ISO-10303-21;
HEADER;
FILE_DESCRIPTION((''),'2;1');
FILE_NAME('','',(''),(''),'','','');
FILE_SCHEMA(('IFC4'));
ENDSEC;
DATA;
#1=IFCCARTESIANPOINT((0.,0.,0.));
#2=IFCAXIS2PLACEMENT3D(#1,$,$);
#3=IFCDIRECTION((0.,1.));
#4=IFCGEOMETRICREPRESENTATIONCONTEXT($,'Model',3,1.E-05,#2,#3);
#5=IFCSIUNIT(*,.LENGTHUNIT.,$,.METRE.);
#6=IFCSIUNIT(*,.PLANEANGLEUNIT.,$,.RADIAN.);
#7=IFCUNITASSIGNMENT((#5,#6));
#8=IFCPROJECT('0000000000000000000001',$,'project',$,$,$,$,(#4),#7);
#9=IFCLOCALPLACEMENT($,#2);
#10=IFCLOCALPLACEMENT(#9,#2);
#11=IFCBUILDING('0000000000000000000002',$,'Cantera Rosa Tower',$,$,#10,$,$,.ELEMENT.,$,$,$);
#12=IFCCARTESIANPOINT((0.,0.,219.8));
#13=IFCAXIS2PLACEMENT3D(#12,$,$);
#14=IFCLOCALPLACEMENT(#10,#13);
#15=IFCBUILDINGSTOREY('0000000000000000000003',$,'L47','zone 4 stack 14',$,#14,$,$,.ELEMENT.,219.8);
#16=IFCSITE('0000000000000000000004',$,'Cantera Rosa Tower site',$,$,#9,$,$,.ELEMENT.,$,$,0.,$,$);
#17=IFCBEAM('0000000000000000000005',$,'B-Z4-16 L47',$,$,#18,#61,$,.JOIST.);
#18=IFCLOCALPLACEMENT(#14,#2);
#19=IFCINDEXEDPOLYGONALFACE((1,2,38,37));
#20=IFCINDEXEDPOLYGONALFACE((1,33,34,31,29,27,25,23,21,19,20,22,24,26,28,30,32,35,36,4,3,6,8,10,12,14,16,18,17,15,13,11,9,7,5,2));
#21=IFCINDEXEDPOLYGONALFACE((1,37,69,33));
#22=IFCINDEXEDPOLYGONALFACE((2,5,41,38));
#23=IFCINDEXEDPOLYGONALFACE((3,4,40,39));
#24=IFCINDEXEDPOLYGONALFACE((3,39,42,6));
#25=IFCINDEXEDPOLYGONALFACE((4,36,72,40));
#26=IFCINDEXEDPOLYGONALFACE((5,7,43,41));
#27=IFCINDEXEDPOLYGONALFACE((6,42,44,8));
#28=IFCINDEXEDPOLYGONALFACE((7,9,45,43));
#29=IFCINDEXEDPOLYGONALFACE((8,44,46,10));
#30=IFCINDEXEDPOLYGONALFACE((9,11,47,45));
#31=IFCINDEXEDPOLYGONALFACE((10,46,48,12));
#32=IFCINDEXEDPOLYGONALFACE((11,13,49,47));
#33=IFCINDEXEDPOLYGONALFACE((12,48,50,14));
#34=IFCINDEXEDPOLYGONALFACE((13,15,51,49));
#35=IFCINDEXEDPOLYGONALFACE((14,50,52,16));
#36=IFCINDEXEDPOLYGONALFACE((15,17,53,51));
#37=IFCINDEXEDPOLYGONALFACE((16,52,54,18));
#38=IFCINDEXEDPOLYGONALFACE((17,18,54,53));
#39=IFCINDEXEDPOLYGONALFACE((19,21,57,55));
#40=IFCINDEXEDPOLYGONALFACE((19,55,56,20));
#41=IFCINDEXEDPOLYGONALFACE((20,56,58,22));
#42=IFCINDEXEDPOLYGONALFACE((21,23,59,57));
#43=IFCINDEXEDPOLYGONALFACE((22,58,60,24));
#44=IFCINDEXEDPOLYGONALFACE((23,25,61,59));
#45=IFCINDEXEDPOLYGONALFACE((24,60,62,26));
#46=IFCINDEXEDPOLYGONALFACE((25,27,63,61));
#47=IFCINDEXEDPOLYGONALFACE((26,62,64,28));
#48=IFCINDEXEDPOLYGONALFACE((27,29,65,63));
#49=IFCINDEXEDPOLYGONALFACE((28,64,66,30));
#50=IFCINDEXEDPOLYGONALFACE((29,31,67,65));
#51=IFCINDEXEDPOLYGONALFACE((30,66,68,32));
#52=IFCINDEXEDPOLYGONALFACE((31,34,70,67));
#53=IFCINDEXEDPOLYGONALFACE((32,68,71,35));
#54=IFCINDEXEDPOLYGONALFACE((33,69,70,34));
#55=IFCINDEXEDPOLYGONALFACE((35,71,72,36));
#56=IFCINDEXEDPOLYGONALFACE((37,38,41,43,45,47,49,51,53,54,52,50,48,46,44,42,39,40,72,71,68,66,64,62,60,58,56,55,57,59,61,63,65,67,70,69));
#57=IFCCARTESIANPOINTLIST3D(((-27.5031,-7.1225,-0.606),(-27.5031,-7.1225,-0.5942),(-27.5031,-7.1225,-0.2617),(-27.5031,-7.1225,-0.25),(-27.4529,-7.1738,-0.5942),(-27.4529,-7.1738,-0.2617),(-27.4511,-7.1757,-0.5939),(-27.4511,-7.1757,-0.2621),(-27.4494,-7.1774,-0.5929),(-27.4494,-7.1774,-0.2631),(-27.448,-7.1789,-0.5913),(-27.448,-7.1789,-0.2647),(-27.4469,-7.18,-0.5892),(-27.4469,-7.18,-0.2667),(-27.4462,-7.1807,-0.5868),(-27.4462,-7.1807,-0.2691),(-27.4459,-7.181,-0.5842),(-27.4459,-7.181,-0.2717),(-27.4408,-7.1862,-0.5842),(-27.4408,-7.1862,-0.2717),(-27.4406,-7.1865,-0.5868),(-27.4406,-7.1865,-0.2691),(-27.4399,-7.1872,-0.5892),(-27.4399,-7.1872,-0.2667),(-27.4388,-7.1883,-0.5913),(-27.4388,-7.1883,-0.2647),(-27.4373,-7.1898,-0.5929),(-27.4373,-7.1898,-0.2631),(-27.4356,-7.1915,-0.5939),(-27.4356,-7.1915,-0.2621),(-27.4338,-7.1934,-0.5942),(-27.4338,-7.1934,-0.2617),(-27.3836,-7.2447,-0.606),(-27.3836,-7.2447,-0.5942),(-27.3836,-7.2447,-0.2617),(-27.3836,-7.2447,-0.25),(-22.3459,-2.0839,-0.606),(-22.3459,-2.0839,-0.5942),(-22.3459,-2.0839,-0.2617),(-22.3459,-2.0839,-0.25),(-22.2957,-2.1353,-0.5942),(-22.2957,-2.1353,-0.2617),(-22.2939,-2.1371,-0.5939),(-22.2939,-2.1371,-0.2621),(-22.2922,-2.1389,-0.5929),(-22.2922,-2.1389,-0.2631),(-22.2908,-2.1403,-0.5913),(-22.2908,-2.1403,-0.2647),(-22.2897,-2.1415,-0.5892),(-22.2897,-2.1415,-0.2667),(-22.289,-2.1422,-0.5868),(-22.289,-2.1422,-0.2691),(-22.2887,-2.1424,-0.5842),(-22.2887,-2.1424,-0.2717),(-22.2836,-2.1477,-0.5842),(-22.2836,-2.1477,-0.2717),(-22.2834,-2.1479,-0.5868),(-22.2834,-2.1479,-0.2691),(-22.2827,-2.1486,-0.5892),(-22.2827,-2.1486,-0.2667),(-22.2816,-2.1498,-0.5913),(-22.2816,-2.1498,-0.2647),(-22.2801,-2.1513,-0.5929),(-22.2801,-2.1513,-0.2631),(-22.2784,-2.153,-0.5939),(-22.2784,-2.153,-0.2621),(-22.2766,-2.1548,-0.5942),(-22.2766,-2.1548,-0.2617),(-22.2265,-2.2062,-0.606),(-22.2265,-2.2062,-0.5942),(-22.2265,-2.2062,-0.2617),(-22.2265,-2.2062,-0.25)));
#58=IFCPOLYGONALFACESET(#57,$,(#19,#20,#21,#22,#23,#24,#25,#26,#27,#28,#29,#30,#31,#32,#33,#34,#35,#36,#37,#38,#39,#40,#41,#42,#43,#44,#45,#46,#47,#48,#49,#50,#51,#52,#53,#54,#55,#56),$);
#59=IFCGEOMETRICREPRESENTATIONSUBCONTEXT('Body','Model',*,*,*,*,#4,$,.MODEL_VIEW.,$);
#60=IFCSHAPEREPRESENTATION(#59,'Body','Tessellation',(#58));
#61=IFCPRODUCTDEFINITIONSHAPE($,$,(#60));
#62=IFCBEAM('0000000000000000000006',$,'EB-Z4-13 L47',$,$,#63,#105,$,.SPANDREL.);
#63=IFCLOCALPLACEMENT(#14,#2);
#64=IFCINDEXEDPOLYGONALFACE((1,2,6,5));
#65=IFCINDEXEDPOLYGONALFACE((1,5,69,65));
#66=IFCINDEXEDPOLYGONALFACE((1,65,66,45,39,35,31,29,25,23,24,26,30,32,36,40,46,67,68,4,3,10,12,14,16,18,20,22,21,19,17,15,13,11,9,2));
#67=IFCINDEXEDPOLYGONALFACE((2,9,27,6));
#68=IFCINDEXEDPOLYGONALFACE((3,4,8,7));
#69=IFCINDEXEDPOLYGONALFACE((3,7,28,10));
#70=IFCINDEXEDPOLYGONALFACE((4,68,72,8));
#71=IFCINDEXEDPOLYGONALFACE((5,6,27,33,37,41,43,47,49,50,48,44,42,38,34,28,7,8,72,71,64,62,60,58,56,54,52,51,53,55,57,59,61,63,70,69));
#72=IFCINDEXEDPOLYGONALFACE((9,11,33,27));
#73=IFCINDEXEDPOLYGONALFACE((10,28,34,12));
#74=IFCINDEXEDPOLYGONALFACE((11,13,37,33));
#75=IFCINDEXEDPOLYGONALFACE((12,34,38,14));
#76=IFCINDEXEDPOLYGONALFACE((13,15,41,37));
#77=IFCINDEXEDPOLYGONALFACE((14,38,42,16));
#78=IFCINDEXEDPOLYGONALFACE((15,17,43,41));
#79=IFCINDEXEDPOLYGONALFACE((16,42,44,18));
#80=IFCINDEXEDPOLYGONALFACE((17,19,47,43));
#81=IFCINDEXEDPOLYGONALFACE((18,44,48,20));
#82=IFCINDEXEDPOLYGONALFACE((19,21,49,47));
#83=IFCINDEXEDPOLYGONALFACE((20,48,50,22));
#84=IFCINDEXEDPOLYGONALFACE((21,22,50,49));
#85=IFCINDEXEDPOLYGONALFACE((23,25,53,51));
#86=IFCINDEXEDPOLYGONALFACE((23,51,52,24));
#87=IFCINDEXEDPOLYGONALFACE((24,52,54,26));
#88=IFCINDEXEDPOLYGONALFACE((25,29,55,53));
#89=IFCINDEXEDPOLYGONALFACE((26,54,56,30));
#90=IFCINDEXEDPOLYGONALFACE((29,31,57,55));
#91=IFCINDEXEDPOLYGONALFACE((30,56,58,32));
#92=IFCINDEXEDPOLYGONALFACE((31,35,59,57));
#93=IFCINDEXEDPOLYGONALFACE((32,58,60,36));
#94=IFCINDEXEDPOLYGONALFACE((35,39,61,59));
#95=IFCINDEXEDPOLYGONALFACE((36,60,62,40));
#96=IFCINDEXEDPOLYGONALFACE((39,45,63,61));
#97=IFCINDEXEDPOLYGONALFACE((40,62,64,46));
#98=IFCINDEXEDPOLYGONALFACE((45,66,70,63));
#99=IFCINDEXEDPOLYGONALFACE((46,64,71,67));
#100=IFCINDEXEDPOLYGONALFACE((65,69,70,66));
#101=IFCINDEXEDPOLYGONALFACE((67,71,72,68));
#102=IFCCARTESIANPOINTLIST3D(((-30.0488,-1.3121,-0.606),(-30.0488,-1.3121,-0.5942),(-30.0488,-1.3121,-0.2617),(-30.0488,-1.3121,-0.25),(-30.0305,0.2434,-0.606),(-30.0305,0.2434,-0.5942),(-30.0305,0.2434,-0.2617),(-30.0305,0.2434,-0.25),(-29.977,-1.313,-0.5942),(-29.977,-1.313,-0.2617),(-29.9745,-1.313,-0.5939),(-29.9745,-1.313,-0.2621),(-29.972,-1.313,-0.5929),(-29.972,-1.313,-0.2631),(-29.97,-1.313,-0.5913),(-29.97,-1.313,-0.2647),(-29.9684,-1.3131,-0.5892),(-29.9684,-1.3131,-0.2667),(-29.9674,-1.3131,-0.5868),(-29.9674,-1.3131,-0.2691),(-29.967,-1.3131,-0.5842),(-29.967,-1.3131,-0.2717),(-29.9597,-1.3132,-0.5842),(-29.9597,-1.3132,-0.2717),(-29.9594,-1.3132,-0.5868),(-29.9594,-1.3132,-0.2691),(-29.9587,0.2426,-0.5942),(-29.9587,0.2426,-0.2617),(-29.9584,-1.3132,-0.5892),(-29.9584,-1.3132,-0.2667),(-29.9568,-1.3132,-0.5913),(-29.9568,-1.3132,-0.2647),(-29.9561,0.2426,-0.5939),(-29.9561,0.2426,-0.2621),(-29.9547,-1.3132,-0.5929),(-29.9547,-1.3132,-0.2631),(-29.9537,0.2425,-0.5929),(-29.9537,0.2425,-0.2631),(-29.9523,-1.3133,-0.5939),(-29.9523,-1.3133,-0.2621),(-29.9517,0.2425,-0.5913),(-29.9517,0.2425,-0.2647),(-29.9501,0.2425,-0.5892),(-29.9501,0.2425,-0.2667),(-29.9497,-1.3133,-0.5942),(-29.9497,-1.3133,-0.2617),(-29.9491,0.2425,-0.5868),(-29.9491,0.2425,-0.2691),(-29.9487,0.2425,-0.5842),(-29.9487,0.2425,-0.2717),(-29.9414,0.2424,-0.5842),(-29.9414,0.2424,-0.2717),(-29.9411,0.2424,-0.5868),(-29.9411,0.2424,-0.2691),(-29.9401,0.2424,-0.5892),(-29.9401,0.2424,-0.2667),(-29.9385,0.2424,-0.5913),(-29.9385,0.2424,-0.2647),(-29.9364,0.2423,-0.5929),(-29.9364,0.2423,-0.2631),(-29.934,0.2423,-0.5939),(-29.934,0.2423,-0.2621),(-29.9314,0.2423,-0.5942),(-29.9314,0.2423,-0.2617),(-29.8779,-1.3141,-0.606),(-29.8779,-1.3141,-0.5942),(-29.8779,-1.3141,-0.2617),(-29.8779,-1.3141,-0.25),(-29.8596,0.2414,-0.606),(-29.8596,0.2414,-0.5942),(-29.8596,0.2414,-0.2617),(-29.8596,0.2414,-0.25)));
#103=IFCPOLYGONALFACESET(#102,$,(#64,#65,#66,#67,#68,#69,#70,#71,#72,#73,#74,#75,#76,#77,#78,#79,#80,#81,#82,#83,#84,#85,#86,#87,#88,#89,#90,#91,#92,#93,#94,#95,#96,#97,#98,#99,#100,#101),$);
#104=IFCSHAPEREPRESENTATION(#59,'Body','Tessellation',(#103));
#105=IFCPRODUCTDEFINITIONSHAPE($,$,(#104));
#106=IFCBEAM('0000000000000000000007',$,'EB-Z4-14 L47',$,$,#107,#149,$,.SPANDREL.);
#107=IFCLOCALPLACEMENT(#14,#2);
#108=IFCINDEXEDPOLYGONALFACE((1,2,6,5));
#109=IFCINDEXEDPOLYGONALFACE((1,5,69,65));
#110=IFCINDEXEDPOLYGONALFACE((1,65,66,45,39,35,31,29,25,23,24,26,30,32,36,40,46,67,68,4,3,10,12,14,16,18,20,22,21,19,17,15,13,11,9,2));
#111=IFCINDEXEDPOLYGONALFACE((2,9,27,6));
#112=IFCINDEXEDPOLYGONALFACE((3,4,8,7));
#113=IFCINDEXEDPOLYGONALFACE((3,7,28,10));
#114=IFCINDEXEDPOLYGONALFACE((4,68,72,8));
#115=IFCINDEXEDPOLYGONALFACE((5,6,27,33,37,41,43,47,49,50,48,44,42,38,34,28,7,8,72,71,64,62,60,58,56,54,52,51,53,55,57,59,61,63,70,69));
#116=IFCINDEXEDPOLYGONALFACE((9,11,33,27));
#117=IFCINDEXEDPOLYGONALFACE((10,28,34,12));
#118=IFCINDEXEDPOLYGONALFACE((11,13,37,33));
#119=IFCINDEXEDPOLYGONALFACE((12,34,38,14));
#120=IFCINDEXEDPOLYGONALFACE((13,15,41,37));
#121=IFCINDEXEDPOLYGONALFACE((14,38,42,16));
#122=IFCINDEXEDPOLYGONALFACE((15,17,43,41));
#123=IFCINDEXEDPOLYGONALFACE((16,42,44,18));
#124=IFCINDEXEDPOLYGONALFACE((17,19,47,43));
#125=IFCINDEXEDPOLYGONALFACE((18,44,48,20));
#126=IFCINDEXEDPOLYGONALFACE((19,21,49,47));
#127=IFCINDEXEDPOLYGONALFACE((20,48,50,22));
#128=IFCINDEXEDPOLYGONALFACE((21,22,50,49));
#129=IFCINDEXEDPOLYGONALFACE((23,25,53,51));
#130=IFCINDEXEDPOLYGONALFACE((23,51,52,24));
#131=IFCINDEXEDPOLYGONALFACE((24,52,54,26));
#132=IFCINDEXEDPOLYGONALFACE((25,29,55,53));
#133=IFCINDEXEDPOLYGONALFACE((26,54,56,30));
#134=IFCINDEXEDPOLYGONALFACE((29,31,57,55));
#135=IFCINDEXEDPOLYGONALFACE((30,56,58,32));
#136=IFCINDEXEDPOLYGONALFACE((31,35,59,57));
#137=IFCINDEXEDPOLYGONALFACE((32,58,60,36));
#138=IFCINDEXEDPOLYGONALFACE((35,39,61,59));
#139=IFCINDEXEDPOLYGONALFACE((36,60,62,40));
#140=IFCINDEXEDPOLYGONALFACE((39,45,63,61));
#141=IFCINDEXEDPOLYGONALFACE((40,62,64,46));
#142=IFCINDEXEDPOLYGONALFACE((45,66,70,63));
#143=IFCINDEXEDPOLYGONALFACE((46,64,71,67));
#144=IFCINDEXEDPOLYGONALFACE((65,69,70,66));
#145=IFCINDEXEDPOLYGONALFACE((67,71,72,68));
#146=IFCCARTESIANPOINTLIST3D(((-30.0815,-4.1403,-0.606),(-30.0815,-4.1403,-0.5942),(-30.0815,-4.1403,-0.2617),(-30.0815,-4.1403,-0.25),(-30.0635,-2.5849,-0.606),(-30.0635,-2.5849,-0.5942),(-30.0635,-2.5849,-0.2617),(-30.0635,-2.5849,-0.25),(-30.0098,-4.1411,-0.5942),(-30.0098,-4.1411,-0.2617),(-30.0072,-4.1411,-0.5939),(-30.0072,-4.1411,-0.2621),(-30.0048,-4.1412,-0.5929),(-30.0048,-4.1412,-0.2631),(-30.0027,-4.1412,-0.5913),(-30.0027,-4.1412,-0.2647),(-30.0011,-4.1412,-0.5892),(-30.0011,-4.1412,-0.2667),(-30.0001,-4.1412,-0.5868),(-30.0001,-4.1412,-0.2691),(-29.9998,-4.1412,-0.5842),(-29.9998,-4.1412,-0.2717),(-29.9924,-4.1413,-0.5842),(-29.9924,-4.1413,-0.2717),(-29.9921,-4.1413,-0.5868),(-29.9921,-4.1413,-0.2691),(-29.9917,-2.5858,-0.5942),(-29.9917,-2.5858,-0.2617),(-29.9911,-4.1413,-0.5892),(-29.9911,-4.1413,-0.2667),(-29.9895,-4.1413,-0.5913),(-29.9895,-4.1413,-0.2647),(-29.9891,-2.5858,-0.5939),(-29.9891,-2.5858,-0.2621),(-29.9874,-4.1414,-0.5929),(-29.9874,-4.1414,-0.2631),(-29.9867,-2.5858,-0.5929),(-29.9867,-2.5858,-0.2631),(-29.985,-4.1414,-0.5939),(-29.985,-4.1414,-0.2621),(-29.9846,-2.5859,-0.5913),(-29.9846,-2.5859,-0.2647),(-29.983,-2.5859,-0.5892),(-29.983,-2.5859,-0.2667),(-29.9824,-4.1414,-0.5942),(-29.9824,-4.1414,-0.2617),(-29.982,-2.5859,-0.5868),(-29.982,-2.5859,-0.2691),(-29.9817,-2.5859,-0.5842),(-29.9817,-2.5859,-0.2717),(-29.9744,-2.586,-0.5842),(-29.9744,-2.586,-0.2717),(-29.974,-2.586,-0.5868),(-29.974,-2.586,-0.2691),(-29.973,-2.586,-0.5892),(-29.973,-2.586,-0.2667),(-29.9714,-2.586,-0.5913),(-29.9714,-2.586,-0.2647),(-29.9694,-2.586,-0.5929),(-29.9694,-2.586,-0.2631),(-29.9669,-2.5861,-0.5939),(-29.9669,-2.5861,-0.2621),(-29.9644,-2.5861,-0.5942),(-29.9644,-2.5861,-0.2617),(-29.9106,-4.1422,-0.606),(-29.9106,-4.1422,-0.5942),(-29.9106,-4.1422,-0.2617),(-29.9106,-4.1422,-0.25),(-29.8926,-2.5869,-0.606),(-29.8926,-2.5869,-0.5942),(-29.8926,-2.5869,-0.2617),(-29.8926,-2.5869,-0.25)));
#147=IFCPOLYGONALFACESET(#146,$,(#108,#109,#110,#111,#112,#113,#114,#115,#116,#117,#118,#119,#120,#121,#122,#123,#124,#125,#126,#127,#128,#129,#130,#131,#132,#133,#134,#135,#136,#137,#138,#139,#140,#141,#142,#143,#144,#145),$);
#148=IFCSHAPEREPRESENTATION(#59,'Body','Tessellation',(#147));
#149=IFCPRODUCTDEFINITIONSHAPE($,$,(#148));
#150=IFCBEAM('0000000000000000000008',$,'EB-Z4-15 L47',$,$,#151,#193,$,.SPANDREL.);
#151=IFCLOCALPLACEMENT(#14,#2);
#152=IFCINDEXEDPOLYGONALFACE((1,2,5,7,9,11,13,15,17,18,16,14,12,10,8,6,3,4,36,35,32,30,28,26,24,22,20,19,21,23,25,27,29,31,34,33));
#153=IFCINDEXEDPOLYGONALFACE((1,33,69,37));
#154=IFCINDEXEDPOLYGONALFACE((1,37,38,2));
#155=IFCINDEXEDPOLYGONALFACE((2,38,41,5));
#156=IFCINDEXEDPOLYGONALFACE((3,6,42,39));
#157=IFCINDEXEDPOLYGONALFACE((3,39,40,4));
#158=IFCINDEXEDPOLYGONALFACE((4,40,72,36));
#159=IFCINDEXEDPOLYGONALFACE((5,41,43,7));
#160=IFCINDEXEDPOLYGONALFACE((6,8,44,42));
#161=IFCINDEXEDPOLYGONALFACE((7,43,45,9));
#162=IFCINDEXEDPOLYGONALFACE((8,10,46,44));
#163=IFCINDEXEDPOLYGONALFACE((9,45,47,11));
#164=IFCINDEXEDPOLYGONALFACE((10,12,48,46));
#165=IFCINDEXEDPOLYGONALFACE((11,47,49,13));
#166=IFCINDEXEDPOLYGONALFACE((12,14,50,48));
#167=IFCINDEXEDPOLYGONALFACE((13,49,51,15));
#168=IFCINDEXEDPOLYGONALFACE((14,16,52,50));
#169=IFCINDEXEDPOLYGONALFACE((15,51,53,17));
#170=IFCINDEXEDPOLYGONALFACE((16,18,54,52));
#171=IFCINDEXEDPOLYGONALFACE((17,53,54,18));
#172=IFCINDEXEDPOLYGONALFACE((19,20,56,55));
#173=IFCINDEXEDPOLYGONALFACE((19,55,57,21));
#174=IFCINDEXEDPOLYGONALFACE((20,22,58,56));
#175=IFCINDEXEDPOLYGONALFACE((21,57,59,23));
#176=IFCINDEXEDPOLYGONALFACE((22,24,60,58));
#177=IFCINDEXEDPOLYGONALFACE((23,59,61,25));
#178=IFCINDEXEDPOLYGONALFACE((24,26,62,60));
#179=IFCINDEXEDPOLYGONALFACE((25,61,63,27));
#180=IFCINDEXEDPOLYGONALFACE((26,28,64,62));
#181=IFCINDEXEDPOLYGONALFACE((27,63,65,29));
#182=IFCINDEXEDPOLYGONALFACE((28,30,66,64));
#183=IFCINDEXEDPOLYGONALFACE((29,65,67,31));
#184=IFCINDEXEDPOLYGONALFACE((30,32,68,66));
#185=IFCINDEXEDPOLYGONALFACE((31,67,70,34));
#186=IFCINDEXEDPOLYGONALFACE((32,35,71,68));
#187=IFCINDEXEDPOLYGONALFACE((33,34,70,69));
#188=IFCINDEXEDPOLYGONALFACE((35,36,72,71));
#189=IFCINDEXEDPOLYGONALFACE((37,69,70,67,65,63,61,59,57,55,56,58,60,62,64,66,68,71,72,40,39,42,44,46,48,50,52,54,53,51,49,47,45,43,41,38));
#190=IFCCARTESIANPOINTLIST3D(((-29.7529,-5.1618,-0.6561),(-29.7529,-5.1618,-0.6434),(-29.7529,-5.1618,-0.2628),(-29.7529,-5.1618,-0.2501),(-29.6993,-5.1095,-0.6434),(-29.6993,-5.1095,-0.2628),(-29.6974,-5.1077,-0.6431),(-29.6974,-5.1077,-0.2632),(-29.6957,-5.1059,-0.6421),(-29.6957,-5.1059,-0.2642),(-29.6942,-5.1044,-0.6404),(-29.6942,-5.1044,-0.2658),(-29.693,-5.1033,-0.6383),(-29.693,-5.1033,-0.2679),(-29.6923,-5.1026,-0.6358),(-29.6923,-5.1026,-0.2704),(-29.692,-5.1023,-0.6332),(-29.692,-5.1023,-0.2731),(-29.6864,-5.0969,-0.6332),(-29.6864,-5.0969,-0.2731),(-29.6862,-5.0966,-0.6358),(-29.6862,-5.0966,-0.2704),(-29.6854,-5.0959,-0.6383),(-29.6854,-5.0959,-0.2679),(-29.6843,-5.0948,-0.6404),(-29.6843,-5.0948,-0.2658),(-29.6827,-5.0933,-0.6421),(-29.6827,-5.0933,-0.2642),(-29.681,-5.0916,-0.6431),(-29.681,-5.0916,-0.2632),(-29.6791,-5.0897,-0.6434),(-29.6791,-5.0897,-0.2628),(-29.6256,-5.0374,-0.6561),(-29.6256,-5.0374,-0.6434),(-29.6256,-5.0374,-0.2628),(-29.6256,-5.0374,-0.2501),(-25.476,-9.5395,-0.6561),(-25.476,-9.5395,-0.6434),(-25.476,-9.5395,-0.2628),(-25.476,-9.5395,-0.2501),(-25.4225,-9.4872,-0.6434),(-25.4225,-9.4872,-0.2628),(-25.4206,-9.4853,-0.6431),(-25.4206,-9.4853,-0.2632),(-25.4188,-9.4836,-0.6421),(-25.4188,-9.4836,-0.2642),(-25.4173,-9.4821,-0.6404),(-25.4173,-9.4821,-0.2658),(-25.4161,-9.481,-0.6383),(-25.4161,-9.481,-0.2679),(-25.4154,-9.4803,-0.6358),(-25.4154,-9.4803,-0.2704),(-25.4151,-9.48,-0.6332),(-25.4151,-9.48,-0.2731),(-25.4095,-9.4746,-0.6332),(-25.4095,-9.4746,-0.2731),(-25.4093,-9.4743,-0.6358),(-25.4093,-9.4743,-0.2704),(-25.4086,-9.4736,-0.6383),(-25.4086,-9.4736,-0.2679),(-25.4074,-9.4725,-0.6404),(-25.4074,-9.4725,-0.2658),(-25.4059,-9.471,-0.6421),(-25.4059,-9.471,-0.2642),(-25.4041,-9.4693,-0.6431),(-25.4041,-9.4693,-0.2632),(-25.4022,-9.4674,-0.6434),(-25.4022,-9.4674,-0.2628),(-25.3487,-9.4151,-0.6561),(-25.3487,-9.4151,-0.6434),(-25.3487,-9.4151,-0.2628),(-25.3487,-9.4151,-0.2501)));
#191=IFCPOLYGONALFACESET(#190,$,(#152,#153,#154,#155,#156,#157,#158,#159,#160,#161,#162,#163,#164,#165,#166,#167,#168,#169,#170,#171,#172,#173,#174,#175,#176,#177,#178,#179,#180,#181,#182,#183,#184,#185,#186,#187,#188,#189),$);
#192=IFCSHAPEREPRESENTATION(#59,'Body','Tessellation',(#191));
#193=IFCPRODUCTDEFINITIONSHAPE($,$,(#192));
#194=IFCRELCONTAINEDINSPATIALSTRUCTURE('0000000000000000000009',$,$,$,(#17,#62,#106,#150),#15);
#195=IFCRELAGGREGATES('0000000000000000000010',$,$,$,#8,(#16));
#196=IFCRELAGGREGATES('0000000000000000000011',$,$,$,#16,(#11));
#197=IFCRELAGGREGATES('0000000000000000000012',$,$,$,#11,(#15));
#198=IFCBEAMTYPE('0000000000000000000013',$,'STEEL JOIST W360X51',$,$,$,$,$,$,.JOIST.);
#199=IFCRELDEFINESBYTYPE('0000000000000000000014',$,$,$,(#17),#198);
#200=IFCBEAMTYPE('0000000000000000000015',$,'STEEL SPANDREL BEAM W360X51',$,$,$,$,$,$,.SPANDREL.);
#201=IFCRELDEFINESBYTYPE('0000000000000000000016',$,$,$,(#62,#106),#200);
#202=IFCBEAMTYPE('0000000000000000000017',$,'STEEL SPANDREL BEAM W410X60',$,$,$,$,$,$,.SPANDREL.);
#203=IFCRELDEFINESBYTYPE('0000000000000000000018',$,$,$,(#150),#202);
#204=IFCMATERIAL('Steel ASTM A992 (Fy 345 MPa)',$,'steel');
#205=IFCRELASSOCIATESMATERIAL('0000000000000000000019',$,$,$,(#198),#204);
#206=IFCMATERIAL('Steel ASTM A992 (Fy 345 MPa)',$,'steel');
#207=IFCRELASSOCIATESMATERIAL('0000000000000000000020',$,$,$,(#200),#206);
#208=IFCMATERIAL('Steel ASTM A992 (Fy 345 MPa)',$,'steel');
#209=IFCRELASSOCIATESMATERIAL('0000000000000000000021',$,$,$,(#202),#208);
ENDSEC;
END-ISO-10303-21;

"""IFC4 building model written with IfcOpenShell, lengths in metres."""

from ifc_helpers import new_model, si_unit, direction, frame, origin, origin_2d, place, context, subcontext, project, spatial, i_section, extrude, material, material_profile, profile_set, type_object, element, save


model = new_model("IFC4")

# Units and contexts
model_context = context("Model", 3, precision=1e-05, world=origin(), true_north=direction((0.0, 1.0)))
body_context = subcontext(model_context, "Body", "Model", "MODEL_VIEW")
ifc_project = project(units=[si_unit("LENGTHUNIT", "METRE"), si_unit("PLANEANGLEUNIT", "RADIAN")], contexts=[model_context])

# Site, building, storey
site_placement = place(None, origin())
site = spatial("IfcSite", under=ifc_project, at=site_placement, Name="Cantera Rosa Tower site", CompositionType="ELEMENT", RefElevation=0.0)
building_placement = place(site_placement, origin())
building = spatial("IfcBuilding", under=site, at=building_placement, Name="Cantera Rosa Tower", CompositionType="ELEMENT")
storey_placement = place(building_placement, frame((0.0, 0.0, 219.8)))
storey = spatial("IfcBuildingStorey", under=building, at=storey_placement, Name="L47", Description="zone 4 stack 14", CompositionType="ELEMENT", Elevation=219.8)

# Beams
ifc_material_1 = material(Name="Steel ASTM A992 (Fy 345 MPa)", Category="steel")
ifc_material_profile_1 = material_profile(ifc_material_1, i_section(OverallWidth=0.1709, OverallDepth=0.356, WebThickness=0.0073, FlangeThickness=0.0117, FilletRadius=0.01, at=origin_2d()), Name="W360X51")
ifc_profile_set_1 = profile_set([ifc_material_profile_1], Name="Steel ASTM A992 (Fy 345 MPa)")
beam_type_1 = type_object("IfcBeamType", Name="STEEL JOIST W360X51", PredefinedType="JOIST", material=ifc_profile_set_1)
beam_1_placement = place(storey_placement, frame((-27.4434, -7.1836, -0.428), z_axis=(0.715287, 0.698831, 0.0), x_axis=(-0.698831, 0.715287, 0.0)))
element("IfcBeam", 1, at=beam_1_placement, inside=storey, type_object=beam_type_1, Name="B-Z4-16 L47", PredefinedType="JOIST", context=body_context, shape_type="SweptSolid", body=[
    extrude(i_section(OverallWidth=0.1709, OverallDepth=0.356, WebThickness=0.0073, FlangeThickness=0.0117, FilletRadius=0.01, at=origin_2d()), origin(), (0.0, 0.0, 1.0), 7.21),
])
ifc_material_2 = material(Name="Steel ASTM A992 (Fy 345 MPa)", Category="steel")
ifc_material_profile_2 = material_profile(ifc_material_2, i_section(OverallWidth=0.1709, OverallDepth=0.356, WebThickness=0.0073, FlangeThickness=0.0117, FilletRadius=0.01, at=origin_2d()), Name="W360X51")
ifc_profile_set_2 = profile_set([ifc_material_profile_2], Name="Steel ASTM A992 (Fy 345 MPa)")
beam_type_2 = type_object("IfcBeamType", Name="STEEL SPANDREL BEAM W360X51", PredefinedType="SPANDREL", material=ifc_profile_set_2)
beam_2_placement = place(storey_placement, frame((-29.9451, 0.2424, -0.428), z_axis=(-0.011769, -0.999931, 0.0), x_axis=(0.999931, -0.011769, 0.0)))
element("IfcBeam", 2, at=beam_2_placement, inside=storey, type_object=beam_type_2, Name="EB-Z4-13 L47", PredefinedType="SPANDREL", context=body_context, shape_type="SweptSolid", body=[
    extrude(i_section(OverallWidth=0.1709, OverallDepth=0.356, WebThickness=0.0073, FlangeThickness=0.0117, FilletRadius=0.01, at=origin_2d()), origin(), (0.0, 0.0, 1.0), 1.5557),
])
beam_3_placement = place(storey_placement, frame((-29.978, -2.5859, -0.428), z_axis=(-0.011614, -0.999933, 0.0), x_axis=(0.999933, -0.011614, 0.0)))
element("IfcBeam", 3, at=beam_3_placement, inside=storey, type_object=beam_type_2, Name="EB-Z4-14 L47", PredefinedType="SPANDREL", context=body_context, shape_type="SweptSolid", body=[
    extrude(i_section(OverallWidth=0.1709, OverallDepth=0.356, WebThickness=0.0073, FlangeThickness=0.0117, FilletRadius=0.01, at=origin_2d()), origin(), (0.0, 0.0, 1.0), 1.5554),
])
ifc_material_3 = material(Name="Steel ASTM A992 (Fy 345 MPa)", Category="steel")
ifc_material_profile_3 = material_profile(ifc_material_3, i_section(OverallWidth=0.178, OverallDepth=0.406, WebThickness=0.0078, FlangeThickness=0.0127, FilletRadius=0.0103, at=origin_2d()), Name="W410X60")
ifc_profile_set_3 = profile_set([ifc_material_profile_3], Name="Steel ASTM A992 (Fy 345 MPa)")
beam_type_3 = type_object("IfcBeamType", Name="STEEL SPANDREL BEAM W410X60", PredefinedType="SPANDREL", material=ifc_profile_set_3)
beam_4_placement = place(storey_placement, frame((-29.6892, -5.0996, -0.4531), z_axis=(0.698821, -0.715296, 0.0), x_axis=(0.715296, 0.698821, 0.0)))
element("IfcBeam", 4, at=beam_4_placement, inside=storey, type_object=beam_type_3, Name="EB-Z4-15 L47", PredefinedType="SPANDREL", context=body_context, shape_type="SweptSolid", body=[
    extrude(i_section(OverallWidth=0.178, OverallDepth=0.406, WebThickness=0.0078, FlangeThickness=0.0127, FilletRadius=0.0103, at=origin_2d()), origin(), (0.0, 0.0, 1.0), 6.1201),
])

save(model, "model.ifc")
